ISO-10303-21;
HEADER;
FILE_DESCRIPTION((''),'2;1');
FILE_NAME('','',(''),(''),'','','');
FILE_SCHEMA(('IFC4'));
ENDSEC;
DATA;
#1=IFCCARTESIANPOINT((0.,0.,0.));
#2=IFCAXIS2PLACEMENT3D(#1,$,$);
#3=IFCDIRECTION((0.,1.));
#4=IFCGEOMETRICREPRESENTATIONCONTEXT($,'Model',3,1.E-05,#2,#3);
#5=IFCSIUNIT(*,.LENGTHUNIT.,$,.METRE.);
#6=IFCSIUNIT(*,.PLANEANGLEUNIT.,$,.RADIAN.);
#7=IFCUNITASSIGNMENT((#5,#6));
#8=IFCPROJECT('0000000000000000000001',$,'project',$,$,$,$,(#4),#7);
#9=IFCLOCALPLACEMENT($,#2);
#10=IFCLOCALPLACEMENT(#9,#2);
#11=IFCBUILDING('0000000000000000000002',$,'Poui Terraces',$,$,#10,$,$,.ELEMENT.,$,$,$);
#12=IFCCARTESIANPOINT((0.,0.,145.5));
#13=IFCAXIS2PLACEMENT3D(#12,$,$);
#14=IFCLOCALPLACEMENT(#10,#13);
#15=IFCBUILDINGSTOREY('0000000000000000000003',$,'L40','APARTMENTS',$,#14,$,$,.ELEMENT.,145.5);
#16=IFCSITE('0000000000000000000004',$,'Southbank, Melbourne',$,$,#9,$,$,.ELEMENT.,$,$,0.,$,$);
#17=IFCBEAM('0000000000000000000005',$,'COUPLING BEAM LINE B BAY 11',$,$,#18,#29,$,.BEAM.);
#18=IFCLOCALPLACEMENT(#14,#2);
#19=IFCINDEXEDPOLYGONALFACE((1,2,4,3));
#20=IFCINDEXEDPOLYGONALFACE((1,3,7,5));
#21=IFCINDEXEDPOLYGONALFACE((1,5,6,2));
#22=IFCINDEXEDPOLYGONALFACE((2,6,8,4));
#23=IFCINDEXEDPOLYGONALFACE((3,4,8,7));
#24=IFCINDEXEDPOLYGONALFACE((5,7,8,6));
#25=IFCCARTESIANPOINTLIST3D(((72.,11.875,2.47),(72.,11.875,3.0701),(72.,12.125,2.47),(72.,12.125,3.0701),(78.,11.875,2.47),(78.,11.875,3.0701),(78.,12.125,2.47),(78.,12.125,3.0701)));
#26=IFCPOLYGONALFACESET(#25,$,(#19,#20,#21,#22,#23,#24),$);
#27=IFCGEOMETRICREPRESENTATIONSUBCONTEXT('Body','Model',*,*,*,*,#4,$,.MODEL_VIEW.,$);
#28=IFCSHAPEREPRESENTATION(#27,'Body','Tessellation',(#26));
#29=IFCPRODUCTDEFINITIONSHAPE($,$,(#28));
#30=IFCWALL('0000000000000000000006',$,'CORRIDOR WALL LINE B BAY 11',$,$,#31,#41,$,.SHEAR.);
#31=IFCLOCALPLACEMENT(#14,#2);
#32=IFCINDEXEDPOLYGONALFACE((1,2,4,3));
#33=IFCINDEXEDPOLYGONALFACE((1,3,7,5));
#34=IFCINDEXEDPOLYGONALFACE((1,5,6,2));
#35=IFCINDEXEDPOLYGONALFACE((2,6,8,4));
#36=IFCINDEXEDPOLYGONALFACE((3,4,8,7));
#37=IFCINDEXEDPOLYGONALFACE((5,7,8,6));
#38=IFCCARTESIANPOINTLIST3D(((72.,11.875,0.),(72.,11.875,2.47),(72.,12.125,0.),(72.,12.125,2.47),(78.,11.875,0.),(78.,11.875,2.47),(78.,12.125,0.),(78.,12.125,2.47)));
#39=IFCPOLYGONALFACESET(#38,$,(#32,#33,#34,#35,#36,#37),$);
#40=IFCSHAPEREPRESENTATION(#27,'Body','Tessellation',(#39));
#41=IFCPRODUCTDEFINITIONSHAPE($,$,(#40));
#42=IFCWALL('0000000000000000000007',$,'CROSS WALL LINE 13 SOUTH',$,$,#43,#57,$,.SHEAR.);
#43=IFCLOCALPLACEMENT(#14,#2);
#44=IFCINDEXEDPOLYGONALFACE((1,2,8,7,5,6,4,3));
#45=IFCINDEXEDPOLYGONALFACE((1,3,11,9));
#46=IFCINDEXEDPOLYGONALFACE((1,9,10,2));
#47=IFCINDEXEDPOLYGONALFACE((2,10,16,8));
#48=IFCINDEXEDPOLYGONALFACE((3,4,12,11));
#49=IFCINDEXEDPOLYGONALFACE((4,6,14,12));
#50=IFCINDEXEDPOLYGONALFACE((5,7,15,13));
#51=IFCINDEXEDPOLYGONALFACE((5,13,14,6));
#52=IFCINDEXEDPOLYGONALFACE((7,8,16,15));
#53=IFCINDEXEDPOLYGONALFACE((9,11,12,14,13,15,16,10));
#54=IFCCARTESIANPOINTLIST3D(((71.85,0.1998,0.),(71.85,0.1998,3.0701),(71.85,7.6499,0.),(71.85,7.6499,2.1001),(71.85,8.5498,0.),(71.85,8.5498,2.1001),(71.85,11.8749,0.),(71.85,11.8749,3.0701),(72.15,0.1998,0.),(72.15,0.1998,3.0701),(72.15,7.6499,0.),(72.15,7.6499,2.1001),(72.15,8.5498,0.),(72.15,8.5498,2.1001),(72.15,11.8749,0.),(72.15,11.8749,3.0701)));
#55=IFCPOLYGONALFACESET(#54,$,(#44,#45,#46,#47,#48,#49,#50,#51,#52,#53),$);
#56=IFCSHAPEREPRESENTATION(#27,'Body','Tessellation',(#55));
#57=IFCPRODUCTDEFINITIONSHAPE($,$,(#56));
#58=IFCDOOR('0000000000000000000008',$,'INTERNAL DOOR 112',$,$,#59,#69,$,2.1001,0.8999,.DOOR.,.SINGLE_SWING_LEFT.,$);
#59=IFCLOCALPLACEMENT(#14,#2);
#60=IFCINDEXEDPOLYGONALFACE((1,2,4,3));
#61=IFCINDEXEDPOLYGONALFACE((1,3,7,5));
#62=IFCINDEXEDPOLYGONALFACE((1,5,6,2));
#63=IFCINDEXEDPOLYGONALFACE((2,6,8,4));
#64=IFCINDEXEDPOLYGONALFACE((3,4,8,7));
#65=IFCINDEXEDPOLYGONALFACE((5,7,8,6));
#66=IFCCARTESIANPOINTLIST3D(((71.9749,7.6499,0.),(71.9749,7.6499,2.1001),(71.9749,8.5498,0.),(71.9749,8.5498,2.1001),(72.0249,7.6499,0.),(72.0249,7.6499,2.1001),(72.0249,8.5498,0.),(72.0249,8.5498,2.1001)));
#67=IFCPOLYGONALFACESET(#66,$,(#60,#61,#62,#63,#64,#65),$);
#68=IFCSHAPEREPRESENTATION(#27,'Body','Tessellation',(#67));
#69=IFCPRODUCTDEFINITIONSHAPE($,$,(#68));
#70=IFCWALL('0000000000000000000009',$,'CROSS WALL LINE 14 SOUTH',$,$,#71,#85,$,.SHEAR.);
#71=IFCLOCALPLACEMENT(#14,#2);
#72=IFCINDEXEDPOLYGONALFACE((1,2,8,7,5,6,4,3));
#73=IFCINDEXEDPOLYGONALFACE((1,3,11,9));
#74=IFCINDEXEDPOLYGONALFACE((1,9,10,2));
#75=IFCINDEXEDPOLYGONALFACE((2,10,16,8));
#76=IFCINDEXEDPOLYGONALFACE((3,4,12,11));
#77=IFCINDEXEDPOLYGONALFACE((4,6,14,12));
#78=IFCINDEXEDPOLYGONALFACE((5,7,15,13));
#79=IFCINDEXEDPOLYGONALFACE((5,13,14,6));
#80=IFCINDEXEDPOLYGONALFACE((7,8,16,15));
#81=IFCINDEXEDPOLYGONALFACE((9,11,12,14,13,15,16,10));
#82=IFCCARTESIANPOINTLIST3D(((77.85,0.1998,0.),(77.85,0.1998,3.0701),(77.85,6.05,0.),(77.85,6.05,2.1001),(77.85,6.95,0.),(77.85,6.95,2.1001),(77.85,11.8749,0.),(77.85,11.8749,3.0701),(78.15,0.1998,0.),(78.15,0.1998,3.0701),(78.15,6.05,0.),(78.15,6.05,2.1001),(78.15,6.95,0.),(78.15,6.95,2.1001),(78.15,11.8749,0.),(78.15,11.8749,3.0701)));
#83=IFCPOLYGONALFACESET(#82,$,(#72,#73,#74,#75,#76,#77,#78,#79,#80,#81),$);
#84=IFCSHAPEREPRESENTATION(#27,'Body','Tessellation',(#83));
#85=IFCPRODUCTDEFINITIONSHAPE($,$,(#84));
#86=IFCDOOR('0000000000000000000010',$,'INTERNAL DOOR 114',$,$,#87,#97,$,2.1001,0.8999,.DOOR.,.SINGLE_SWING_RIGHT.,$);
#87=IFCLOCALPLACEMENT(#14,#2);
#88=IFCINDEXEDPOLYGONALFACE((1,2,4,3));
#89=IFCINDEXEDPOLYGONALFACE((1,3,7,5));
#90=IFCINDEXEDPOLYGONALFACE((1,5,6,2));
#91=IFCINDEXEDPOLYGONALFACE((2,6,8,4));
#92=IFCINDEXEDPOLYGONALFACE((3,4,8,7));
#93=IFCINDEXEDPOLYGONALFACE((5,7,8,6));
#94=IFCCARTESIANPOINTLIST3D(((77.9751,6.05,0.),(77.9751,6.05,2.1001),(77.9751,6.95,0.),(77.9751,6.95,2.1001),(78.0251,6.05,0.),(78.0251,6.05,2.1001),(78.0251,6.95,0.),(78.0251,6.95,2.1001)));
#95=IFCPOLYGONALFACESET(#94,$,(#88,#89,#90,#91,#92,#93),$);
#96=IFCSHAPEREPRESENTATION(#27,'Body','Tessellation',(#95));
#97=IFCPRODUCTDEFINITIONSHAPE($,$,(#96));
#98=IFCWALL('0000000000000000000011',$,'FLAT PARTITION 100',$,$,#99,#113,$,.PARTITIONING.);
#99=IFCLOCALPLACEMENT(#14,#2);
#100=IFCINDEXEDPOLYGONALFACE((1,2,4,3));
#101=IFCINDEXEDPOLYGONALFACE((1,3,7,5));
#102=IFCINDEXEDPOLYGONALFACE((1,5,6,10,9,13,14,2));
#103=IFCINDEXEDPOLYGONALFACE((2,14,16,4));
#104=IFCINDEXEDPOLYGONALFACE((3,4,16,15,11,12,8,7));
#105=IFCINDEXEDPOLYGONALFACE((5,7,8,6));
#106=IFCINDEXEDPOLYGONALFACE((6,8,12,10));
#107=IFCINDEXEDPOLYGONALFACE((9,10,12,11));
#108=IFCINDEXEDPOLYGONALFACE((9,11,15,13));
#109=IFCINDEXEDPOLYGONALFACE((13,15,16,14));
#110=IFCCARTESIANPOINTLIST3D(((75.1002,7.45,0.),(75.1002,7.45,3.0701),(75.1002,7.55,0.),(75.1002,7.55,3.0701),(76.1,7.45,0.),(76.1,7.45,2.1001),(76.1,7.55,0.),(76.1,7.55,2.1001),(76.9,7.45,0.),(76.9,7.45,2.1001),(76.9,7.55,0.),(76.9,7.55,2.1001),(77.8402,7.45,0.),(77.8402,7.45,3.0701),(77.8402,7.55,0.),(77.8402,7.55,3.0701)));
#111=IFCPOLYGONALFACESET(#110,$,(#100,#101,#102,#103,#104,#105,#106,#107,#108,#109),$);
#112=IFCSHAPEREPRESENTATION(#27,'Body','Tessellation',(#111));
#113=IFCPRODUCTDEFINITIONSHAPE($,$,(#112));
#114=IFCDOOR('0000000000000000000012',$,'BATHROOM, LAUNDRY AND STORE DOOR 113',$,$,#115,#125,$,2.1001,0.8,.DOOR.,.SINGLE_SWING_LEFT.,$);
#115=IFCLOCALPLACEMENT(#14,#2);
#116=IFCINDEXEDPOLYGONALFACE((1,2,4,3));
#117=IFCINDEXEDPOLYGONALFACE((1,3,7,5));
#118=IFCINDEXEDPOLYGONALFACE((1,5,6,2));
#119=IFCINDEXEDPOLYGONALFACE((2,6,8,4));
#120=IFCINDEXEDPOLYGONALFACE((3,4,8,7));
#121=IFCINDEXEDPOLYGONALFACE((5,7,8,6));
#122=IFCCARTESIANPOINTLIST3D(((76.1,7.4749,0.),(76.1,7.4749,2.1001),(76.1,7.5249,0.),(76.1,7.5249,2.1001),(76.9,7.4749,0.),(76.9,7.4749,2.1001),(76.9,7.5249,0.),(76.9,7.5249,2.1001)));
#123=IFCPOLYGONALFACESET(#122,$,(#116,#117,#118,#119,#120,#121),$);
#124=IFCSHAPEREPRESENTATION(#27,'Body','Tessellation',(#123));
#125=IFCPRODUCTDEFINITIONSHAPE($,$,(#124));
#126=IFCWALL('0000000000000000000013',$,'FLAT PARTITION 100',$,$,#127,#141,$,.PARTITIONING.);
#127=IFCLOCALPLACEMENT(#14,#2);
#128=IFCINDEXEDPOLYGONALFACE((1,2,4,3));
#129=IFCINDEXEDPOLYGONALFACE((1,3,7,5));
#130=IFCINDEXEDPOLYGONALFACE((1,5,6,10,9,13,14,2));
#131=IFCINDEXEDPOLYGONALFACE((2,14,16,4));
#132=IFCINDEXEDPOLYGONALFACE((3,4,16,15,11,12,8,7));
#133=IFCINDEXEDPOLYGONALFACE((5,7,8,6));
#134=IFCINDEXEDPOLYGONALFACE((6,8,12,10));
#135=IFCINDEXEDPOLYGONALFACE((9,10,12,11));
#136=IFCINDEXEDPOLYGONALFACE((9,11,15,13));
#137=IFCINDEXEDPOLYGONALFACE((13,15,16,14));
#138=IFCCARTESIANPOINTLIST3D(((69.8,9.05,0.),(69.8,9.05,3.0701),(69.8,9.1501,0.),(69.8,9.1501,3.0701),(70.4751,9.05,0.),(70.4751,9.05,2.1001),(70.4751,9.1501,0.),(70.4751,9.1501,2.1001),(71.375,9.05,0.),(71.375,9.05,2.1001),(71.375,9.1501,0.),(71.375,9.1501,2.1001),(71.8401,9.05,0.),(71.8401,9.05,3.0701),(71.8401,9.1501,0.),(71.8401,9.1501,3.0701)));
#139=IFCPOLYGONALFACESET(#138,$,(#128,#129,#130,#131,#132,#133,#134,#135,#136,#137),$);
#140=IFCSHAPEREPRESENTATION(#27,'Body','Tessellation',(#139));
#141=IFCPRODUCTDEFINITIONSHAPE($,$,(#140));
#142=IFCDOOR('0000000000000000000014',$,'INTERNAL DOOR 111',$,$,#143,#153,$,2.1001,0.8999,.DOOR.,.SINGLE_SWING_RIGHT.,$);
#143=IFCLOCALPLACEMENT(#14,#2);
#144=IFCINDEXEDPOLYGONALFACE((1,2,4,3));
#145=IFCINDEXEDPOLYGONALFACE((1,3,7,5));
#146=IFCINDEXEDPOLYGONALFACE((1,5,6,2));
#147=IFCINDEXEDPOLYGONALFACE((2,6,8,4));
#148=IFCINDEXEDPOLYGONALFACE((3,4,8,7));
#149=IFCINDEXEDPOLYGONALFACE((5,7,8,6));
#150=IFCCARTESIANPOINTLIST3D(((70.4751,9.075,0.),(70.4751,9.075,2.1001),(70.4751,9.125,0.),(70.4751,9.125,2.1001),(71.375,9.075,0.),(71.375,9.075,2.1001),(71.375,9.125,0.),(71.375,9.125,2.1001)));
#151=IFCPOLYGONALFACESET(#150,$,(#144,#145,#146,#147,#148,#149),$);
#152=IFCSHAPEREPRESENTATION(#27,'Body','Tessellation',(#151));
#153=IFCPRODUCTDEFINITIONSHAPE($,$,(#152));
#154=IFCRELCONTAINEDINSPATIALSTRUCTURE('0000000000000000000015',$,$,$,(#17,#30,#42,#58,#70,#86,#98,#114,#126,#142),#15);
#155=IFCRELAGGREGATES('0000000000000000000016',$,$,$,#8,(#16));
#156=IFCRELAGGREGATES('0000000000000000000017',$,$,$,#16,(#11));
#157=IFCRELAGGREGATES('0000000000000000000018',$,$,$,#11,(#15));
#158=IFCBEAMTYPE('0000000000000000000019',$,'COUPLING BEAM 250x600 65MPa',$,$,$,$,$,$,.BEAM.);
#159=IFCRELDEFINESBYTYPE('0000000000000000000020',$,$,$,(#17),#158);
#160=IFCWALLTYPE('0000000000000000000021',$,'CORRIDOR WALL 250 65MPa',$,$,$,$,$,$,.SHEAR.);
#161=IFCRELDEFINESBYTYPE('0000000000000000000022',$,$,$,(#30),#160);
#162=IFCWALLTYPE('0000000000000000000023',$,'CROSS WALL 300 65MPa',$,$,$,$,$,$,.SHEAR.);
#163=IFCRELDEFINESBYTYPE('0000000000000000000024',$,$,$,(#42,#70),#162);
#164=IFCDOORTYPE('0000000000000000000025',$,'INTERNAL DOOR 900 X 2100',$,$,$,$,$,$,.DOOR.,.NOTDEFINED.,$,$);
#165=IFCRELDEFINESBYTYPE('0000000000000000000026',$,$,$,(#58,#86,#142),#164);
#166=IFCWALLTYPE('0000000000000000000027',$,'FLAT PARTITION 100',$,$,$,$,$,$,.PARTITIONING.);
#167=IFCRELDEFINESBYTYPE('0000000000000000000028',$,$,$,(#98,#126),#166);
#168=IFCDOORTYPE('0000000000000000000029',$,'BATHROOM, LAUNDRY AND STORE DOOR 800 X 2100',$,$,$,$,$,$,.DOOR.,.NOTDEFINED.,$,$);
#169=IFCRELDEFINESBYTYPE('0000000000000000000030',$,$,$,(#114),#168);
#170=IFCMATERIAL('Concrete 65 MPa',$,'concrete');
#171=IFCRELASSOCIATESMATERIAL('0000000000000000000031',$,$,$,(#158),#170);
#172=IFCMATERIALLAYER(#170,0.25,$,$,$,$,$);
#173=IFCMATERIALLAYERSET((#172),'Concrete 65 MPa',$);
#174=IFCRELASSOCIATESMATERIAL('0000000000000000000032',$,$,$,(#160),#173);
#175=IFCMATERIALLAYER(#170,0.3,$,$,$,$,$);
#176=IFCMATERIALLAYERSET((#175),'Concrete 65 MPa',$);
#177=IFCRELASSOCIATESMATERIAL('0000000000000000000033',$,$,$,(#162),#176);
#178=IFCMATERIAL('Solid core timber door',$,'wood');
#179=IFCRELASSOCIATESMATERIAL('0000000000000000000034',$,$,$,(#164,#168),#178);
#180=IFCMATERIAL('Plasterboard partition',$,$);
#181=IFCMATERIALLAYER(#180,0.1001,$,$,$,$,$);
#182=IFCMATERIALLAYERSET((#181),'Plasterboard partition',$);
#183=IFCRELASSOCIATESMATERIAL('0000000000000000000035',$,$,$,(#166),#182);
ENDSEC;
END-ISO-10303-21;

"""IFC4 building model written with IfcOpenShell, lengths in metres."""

from ifc_helpers import new_model, si_unit, direction, frame, frame_2d, origin, origin_2d, place, context, subcontext, project, spatial, rectangle, extrude, source, transform, mapped, material, layer, layer_set, material_profile, profile_set, type_object, element, fill, save


model = new_model("IFC4")

# Units and contexts
model_context = context("Model", 3, precision=1e-05, world=origin(), true_north=direction((0.0, 1.0)))
body_context = subcontext(model_context, "Body", "Model", "MODEL_VIEW")
ifc_project = project(units=[si_unit("LENGTHUNIT", "METRE"), si_unit("PLANEANGLEUNIT", "RADIAN")], contexts=[model_context])

# Site, building, storey
site_placement = place(None, origin())
site = spatial("IfcSite", under=ifc_project, at=site_placement, Name="Southbank, Melbourne", CompositionType="ELEMENT", RefElevation=0.0)
building_placement = place(site_placement, origin())
building = spatial("IfcBuilding", under=site, at=building_placement, Name="Poui Terraces", CompositionType="ELEMENT")
storey_placement = place(building_placement, frame((0.0, 0.0, 145.5)))
storey = spatial("IfcBuildingStorey", under=building, at=storey_placement, Name="L40", Description="APARTMENTS", CompositionType="ELEMENT", Elevation=145.5)

# Beam
ifc_material_1 = material(Name="Concrete 65 MPa", Category="concrete")
ifc_material_profile = material_profile(ifc_material_1, rectangle(XDim=0.25, YDim=0.6001, at=origin_2d()), Name="RC 250x600")
ifc_profile_set = profile_set([ifc_material_profile], Name="Concrete 65 MPa")
beam_type = type_object("IfcBeamType", Name="COUPLING BEAM 250x600 65MPa", PredefinedType="BEAM", material=ifc_profile_set)
shared_shape = source(origin(), body_context, "Body", "SweptSolid", [
    extrude(rectangle(XDim=0.25, YDim=0.6001, at=origin_2d()), origin(), (0.0, 0.0, 1.0), 6.0),
])
beam_placement = place(storey_placement, frame((72.0, 12.0, 2.77), z_axis=(1.0, 0.0, 0.0), x_axis=(0.0, 1.0, 0.0)))
element("IfcBeam", 1, at=beam_placement, inside=storey, type_object=beam_type, Name="COUPLING BEAM LINE B BAY 11", PredefinedType="BEAM", context=body_context, shape_type="MappedRepresentation", body=[
    mapped(shared_shape, transform((0.0, 0.0, 0.0))),
])

# Wall
ifc_layer_1 = layer(ifc_material_1, 0.25)
ifc_layer_set_1 = layer_set([ifc_layer_1], Name="Concrete 65 MPa")
wall_type_1 = type_object("IfcWallType", Name="CORRIDOR WALL 250 65MPa", PredefinedType="SHEAR", material=ifc_layer_set_1)
wall_1_placement = place(storey_placement, frame((72.0, 12.0, 0.0), z_axis=(0.0, 0.0, 1.0), x_axis=(1.0, 0.0, 0.0)))
element("IfcWall", 2, at=wall_1_placement, inside=storey, type_object=wall_type_1, Name="CORRIDOR WALL LINE B BAY 11", PredefinedType="SHEAR", context=body_context, shape_type="SweptSolid", body=[
    extrude(rectangle(XDim=6.0, YDim=0.25, at=frame_2d((3.0, 0.0))), origin(), (0.0, 0.0, 1.0), 2.47),
])

# Walls, openings, doors
ifc_layer_2 = layer(ifc_material_1, 0.3)
ifc_layer_set_2 = layer_set([ifc_layer_2], Name="Concrete 65 MPa")
wall_type_2 = type_object("IfcWallType", Name="CROSS WALL 300 65MPa", PredefinedType="SHEAR", material=ifc_layer_set_2)
wall_2_placement = place(storey_placement, frame((72.0, 0.2, 0.0), z_axis=(0.0, 0.0, 1.0), x_axis=(0.0, 1.0, 0.0)))
wall_2 = element("IfcWall", 3, at=wall_2_placement, inside=storey, type_object=wall_type_2, Name="CROSS WALL LINE 13 SOUTH", PredefinedType="SHEAR", context=body_context, shape_type="SweptSolid", body=[
    extrude(rectangle(XDim=11.675, YDim=0.3, at=frame_2d((5.8374, 0.0))), origin(), (0.0, 0.0, 1.0), 3.0701),
])
opening_1_placement = place(wall_2_placement, frame((7.45, 0.0, 0.0)))
opening_1 = element("IfcOpeningElement", 4, at=opening_1_placement, cuts=wall_2, PredefinedType="OPENING", context=body_context, shape_type="SweptSolid", body=[
    extrude(rectangle(XDim=0.8999, YDim=2.1001, at=frame_2d((0.45, 1.05))), frame((0.0, 0.1602, 0.0), z_axis=(0.0, -1.0, 0.0), x_axis=(1.0, 0.0, 0.0)), (0.0, 0.0, 1.0), 0.3201),
])
ifc_material_2 = material(Name="Solid core timber door", Category="wood")
door_type_1 = type_object("IfcDoorType", Name="INTERNAL DOOR 900 X 2100", OperationType="NOTDEFINED", PredefinedType="DOOR", material=ifc_material_2)
door_1_placement = place(opening_1_placement, frame((0.8999, 0.0, 0.0), z_axis=(0.0, 0.0, 1.0), x_axis=(-1.0, 0.0, 0.0)))
door_1 = element("IfcDoor", 5, at=door_1_placement, inside=storey, type_object=door_type_1, Name="INTERNAL DOOR 112", OperationType="SINGLE_SWING_LEFT", OverallHeight=2.1001, OverallWidth=0.8999, PredefinedType="DOOR", context=body_context, shape_type="SweptSolid", body=[
    extrude(rectangle(XDim=0.8999, YDim=2.1001, at=frame_2d((0.45, 1.05))), frame((0.0, 0.0249, 0.0), z_axis=(0.0, -1.0, 0.0), x_axis=(1.0, 0.0, 0.0)), (0.0, 0.0, 1.0), 0.05),
])
fill(opening_1, door_1)
wall_3_placement = place(storey_placement, frame((78.0, 0.2, 0.0), z_axis=(0.0, 0.0, 1.0), x_axis=(0.0, 1.0, 0.0)))
wall_3 = element("IfcWall", 6, at=wall_3_placement, inside=storey, type_object=wall_type_2, Name="CROSS WALL LINE 14 SOUTH", PredefinedType="SHEAR", context=body_context, shape_type="SweptSolid", body=[
    extrude(rectangle(XDim=11.675, YDim=0.3, at=frame_2d((5.8374, 0.0))), origin(), (0.0, 0.0, 1.0), 3.0701),
])
opening_2_placement = place(wall_3_placement, frame((5.8501, 0.0, 0.0)))
opening_2 = element("IfcOpeningElement", 7, at=opening_2_placement, cuts=wall_3, PredefinedType="OPENING", context=body_context, shape_type="SweptSolid", body=[
    extrude(rectangle(XDim=0.8999, YDim=2.1001, at=frame_2d((0.45, 1.05))), frame((0.0, 0.1602, 0.0), z_axis=(0.0, -1.0, 0.0), x_axis=(1.0, 0.0, 0.0)), (0.0, 0.0, 1.0), 0.3201),
])
door_2_placement = place(opening_2_placement, origin())
door_2 = element("IfcDoor", 8, at=door_2_placement, inside=storey, type_object=door_type_1, Name="INTERNAL DOOR 114", OperationType="SINGLE_SWING_RIGHT", OverallHeight=2.1001, OverallWidth=0.8999, PredefinedType="DOOR", context=body_context, shape_type="SweptSolid", body=[
    extrude(rectangle(XDim=0.8999, YDim=2.1001, at=frame_2d((0.45, 1.05))), frame((0.0, 0.0249, 0.0), z_axis=(0.0, -1.0, 0.0), x_axis=(1.0, 0.0, 0.0)), (0.0, 0.0, 1.0), 0.05),
])
fill(opening_2, door_2)
ifc_material_3 = material(Name="Plasterboard partition")
ifc_layer_3 = layer(ifc_material_3, 0.1001)
ifc_layer_set_3 = layer_set([ifc_layer_3], Name="Plasterboard partition")
wall_type_3 = type_object("IfcWallType", Name="FLAT PARTITION 100", PredefinedType="PARTITIONING", material=ifc_layer_set_3)
wall_4_placement = place(storey_placement, frame((75.1001, 7.5, 0.0), z_axis=(0.0, 0.0, 1.0), x_axis=(1.0, 0.0, 0.0)))
wall_4 = element("IfcWall", 9, at=wall_4_placement, inside=storey, type_object=wall_type_3, Name="FLAT PARTITION 100", PredefinedType="PARTITIONING", context=body_context, shape_type="SweptSolid", body=[
    extrude(rectangle(XDim=2.74, YDim=0.1001, at=frame_2d((1.3701, 0.0))), origin(), (0.0, 0.0, 1.0), 3.0701),
])
opening_3_placement = place(wall_4_placement, frame((1.0, 0.0, 0.0)))
opening_3 = element("IfcOpeningElement", 10, at=opening_3_placement, cuts=wall_4, PredefinedType="OPENING", context=body_context, shape_type="SweptSolid", body=[
    extrude(rectangle(XDim=0.8, YDim=2.1001, at=frame_2d((0.3999, 1.05))), frame((0.0, 0.0601, 0.0), z_axis=(0.0, -1.0, 0.0), x_axis=(1.0, 0.0, 0.0)), (0.0, 0.0, 1.0), 0.1201),
])
door_type_2 = type_object("IfcDoorType", Name="BATHROOM, LAUNDRY AND STORE DOOR 800 X 2100", OperationType="NOTDEFINED", PredefinedType="DOOR", material=ifc_material_2)
door_3_placement = place(opening_3_placement, origin())
door_3 = element("IfcDoor", 11, at=door_3_placement, inside=storey, type_object=door_type_2, Name="BATHROOM, LAUNDRY AND STORE DOOR 113", OperationType="SINGLE_SWING_LEFT", OverallHeight=2.1001, OverallWidth=0.8, PredefinedType="DOOR", context=body_context, shape_type="SweptSolid", body=[
    extrude(rectangle(XDim=0.8, YDim=2.1001, at=frame_2d((0.3999, 1.05))), frame((0.0, 0.0249, 0.0), z_axis=(0.0, -1.0, 0.0), x_axis=(1.0, 0.0, 0.0)), (0.0, 0.0, 1.0), 0.05),
])
fill(opening_3, door_3)
wall_5_placement = place(storey_placement, frame((69.8, 9.1001, 0.0), z_axis=(0.0, 0.0, 1.0), x_axis=(1.0, 0.0, 0.0)))
wall_5 = element("IfcWall", 12, at=wall_5_placement, inside=storey, type_object=wall_type_3, Name="FLAT PARTITION 100", PredefinedType="PARTITIONING", context=body_context, shape_type="SweptSolid", body=[
    extrude(rectangle(XDim=2.04, YDim=0.1001, at=frame_2d((1.02, 0.0))), origin(), (0.0, 0.0, 1.0), 3.0701),
])
opening_4_placement = place(wall_5_placement, frame((0.675, 0.0, 0.0)))
opening_4 = element("IfcOpeningElement", 13, at=opening_4_placement, cuts=wall_5, PredefinedType="OPENING", context=body_context, shape_type="SweptSolid", body=[
    extrude(rectangle(XDim=0.8999, YDim=2.1001, at=frame_2d((0.45, 1.05))), frame((0.0, 0.0601, 0.0), z_axis=(0.0, -1.0, 0.0), x_axis=(1.0, 0.0, 0.0)), (0.0, 0.0, 1.0), 0.1201),
])
door_4_placement = place(opening_4_placement, origin())
door_4 = element("IfcDoor", 14, at=door_4_placement, inside=storey, type_object=door_type_1, Name="INTERNAL DOOR 111", OperationType="SINGLE_SWING_RIGHT", OverallHeight=2.1001, OverallWidth=0.8999, PredefinedType="DOOR", context=body_context, shape_type="SweptSolid", body=[
    extrude(rectangle(XDim=0.8999, YDim=2.1001, at=frame_2d((0.45, 1.05))), frame((0.0, 0.0249, 0.0), z_axis=(0.0, -1.0, 0.0), x_axis=(1.0, 0.0, 0.0)), (0.0, 0.0, 1.0), 0.05),
])
fill(opening_4, door_4)

save(model, "model.ifc")
